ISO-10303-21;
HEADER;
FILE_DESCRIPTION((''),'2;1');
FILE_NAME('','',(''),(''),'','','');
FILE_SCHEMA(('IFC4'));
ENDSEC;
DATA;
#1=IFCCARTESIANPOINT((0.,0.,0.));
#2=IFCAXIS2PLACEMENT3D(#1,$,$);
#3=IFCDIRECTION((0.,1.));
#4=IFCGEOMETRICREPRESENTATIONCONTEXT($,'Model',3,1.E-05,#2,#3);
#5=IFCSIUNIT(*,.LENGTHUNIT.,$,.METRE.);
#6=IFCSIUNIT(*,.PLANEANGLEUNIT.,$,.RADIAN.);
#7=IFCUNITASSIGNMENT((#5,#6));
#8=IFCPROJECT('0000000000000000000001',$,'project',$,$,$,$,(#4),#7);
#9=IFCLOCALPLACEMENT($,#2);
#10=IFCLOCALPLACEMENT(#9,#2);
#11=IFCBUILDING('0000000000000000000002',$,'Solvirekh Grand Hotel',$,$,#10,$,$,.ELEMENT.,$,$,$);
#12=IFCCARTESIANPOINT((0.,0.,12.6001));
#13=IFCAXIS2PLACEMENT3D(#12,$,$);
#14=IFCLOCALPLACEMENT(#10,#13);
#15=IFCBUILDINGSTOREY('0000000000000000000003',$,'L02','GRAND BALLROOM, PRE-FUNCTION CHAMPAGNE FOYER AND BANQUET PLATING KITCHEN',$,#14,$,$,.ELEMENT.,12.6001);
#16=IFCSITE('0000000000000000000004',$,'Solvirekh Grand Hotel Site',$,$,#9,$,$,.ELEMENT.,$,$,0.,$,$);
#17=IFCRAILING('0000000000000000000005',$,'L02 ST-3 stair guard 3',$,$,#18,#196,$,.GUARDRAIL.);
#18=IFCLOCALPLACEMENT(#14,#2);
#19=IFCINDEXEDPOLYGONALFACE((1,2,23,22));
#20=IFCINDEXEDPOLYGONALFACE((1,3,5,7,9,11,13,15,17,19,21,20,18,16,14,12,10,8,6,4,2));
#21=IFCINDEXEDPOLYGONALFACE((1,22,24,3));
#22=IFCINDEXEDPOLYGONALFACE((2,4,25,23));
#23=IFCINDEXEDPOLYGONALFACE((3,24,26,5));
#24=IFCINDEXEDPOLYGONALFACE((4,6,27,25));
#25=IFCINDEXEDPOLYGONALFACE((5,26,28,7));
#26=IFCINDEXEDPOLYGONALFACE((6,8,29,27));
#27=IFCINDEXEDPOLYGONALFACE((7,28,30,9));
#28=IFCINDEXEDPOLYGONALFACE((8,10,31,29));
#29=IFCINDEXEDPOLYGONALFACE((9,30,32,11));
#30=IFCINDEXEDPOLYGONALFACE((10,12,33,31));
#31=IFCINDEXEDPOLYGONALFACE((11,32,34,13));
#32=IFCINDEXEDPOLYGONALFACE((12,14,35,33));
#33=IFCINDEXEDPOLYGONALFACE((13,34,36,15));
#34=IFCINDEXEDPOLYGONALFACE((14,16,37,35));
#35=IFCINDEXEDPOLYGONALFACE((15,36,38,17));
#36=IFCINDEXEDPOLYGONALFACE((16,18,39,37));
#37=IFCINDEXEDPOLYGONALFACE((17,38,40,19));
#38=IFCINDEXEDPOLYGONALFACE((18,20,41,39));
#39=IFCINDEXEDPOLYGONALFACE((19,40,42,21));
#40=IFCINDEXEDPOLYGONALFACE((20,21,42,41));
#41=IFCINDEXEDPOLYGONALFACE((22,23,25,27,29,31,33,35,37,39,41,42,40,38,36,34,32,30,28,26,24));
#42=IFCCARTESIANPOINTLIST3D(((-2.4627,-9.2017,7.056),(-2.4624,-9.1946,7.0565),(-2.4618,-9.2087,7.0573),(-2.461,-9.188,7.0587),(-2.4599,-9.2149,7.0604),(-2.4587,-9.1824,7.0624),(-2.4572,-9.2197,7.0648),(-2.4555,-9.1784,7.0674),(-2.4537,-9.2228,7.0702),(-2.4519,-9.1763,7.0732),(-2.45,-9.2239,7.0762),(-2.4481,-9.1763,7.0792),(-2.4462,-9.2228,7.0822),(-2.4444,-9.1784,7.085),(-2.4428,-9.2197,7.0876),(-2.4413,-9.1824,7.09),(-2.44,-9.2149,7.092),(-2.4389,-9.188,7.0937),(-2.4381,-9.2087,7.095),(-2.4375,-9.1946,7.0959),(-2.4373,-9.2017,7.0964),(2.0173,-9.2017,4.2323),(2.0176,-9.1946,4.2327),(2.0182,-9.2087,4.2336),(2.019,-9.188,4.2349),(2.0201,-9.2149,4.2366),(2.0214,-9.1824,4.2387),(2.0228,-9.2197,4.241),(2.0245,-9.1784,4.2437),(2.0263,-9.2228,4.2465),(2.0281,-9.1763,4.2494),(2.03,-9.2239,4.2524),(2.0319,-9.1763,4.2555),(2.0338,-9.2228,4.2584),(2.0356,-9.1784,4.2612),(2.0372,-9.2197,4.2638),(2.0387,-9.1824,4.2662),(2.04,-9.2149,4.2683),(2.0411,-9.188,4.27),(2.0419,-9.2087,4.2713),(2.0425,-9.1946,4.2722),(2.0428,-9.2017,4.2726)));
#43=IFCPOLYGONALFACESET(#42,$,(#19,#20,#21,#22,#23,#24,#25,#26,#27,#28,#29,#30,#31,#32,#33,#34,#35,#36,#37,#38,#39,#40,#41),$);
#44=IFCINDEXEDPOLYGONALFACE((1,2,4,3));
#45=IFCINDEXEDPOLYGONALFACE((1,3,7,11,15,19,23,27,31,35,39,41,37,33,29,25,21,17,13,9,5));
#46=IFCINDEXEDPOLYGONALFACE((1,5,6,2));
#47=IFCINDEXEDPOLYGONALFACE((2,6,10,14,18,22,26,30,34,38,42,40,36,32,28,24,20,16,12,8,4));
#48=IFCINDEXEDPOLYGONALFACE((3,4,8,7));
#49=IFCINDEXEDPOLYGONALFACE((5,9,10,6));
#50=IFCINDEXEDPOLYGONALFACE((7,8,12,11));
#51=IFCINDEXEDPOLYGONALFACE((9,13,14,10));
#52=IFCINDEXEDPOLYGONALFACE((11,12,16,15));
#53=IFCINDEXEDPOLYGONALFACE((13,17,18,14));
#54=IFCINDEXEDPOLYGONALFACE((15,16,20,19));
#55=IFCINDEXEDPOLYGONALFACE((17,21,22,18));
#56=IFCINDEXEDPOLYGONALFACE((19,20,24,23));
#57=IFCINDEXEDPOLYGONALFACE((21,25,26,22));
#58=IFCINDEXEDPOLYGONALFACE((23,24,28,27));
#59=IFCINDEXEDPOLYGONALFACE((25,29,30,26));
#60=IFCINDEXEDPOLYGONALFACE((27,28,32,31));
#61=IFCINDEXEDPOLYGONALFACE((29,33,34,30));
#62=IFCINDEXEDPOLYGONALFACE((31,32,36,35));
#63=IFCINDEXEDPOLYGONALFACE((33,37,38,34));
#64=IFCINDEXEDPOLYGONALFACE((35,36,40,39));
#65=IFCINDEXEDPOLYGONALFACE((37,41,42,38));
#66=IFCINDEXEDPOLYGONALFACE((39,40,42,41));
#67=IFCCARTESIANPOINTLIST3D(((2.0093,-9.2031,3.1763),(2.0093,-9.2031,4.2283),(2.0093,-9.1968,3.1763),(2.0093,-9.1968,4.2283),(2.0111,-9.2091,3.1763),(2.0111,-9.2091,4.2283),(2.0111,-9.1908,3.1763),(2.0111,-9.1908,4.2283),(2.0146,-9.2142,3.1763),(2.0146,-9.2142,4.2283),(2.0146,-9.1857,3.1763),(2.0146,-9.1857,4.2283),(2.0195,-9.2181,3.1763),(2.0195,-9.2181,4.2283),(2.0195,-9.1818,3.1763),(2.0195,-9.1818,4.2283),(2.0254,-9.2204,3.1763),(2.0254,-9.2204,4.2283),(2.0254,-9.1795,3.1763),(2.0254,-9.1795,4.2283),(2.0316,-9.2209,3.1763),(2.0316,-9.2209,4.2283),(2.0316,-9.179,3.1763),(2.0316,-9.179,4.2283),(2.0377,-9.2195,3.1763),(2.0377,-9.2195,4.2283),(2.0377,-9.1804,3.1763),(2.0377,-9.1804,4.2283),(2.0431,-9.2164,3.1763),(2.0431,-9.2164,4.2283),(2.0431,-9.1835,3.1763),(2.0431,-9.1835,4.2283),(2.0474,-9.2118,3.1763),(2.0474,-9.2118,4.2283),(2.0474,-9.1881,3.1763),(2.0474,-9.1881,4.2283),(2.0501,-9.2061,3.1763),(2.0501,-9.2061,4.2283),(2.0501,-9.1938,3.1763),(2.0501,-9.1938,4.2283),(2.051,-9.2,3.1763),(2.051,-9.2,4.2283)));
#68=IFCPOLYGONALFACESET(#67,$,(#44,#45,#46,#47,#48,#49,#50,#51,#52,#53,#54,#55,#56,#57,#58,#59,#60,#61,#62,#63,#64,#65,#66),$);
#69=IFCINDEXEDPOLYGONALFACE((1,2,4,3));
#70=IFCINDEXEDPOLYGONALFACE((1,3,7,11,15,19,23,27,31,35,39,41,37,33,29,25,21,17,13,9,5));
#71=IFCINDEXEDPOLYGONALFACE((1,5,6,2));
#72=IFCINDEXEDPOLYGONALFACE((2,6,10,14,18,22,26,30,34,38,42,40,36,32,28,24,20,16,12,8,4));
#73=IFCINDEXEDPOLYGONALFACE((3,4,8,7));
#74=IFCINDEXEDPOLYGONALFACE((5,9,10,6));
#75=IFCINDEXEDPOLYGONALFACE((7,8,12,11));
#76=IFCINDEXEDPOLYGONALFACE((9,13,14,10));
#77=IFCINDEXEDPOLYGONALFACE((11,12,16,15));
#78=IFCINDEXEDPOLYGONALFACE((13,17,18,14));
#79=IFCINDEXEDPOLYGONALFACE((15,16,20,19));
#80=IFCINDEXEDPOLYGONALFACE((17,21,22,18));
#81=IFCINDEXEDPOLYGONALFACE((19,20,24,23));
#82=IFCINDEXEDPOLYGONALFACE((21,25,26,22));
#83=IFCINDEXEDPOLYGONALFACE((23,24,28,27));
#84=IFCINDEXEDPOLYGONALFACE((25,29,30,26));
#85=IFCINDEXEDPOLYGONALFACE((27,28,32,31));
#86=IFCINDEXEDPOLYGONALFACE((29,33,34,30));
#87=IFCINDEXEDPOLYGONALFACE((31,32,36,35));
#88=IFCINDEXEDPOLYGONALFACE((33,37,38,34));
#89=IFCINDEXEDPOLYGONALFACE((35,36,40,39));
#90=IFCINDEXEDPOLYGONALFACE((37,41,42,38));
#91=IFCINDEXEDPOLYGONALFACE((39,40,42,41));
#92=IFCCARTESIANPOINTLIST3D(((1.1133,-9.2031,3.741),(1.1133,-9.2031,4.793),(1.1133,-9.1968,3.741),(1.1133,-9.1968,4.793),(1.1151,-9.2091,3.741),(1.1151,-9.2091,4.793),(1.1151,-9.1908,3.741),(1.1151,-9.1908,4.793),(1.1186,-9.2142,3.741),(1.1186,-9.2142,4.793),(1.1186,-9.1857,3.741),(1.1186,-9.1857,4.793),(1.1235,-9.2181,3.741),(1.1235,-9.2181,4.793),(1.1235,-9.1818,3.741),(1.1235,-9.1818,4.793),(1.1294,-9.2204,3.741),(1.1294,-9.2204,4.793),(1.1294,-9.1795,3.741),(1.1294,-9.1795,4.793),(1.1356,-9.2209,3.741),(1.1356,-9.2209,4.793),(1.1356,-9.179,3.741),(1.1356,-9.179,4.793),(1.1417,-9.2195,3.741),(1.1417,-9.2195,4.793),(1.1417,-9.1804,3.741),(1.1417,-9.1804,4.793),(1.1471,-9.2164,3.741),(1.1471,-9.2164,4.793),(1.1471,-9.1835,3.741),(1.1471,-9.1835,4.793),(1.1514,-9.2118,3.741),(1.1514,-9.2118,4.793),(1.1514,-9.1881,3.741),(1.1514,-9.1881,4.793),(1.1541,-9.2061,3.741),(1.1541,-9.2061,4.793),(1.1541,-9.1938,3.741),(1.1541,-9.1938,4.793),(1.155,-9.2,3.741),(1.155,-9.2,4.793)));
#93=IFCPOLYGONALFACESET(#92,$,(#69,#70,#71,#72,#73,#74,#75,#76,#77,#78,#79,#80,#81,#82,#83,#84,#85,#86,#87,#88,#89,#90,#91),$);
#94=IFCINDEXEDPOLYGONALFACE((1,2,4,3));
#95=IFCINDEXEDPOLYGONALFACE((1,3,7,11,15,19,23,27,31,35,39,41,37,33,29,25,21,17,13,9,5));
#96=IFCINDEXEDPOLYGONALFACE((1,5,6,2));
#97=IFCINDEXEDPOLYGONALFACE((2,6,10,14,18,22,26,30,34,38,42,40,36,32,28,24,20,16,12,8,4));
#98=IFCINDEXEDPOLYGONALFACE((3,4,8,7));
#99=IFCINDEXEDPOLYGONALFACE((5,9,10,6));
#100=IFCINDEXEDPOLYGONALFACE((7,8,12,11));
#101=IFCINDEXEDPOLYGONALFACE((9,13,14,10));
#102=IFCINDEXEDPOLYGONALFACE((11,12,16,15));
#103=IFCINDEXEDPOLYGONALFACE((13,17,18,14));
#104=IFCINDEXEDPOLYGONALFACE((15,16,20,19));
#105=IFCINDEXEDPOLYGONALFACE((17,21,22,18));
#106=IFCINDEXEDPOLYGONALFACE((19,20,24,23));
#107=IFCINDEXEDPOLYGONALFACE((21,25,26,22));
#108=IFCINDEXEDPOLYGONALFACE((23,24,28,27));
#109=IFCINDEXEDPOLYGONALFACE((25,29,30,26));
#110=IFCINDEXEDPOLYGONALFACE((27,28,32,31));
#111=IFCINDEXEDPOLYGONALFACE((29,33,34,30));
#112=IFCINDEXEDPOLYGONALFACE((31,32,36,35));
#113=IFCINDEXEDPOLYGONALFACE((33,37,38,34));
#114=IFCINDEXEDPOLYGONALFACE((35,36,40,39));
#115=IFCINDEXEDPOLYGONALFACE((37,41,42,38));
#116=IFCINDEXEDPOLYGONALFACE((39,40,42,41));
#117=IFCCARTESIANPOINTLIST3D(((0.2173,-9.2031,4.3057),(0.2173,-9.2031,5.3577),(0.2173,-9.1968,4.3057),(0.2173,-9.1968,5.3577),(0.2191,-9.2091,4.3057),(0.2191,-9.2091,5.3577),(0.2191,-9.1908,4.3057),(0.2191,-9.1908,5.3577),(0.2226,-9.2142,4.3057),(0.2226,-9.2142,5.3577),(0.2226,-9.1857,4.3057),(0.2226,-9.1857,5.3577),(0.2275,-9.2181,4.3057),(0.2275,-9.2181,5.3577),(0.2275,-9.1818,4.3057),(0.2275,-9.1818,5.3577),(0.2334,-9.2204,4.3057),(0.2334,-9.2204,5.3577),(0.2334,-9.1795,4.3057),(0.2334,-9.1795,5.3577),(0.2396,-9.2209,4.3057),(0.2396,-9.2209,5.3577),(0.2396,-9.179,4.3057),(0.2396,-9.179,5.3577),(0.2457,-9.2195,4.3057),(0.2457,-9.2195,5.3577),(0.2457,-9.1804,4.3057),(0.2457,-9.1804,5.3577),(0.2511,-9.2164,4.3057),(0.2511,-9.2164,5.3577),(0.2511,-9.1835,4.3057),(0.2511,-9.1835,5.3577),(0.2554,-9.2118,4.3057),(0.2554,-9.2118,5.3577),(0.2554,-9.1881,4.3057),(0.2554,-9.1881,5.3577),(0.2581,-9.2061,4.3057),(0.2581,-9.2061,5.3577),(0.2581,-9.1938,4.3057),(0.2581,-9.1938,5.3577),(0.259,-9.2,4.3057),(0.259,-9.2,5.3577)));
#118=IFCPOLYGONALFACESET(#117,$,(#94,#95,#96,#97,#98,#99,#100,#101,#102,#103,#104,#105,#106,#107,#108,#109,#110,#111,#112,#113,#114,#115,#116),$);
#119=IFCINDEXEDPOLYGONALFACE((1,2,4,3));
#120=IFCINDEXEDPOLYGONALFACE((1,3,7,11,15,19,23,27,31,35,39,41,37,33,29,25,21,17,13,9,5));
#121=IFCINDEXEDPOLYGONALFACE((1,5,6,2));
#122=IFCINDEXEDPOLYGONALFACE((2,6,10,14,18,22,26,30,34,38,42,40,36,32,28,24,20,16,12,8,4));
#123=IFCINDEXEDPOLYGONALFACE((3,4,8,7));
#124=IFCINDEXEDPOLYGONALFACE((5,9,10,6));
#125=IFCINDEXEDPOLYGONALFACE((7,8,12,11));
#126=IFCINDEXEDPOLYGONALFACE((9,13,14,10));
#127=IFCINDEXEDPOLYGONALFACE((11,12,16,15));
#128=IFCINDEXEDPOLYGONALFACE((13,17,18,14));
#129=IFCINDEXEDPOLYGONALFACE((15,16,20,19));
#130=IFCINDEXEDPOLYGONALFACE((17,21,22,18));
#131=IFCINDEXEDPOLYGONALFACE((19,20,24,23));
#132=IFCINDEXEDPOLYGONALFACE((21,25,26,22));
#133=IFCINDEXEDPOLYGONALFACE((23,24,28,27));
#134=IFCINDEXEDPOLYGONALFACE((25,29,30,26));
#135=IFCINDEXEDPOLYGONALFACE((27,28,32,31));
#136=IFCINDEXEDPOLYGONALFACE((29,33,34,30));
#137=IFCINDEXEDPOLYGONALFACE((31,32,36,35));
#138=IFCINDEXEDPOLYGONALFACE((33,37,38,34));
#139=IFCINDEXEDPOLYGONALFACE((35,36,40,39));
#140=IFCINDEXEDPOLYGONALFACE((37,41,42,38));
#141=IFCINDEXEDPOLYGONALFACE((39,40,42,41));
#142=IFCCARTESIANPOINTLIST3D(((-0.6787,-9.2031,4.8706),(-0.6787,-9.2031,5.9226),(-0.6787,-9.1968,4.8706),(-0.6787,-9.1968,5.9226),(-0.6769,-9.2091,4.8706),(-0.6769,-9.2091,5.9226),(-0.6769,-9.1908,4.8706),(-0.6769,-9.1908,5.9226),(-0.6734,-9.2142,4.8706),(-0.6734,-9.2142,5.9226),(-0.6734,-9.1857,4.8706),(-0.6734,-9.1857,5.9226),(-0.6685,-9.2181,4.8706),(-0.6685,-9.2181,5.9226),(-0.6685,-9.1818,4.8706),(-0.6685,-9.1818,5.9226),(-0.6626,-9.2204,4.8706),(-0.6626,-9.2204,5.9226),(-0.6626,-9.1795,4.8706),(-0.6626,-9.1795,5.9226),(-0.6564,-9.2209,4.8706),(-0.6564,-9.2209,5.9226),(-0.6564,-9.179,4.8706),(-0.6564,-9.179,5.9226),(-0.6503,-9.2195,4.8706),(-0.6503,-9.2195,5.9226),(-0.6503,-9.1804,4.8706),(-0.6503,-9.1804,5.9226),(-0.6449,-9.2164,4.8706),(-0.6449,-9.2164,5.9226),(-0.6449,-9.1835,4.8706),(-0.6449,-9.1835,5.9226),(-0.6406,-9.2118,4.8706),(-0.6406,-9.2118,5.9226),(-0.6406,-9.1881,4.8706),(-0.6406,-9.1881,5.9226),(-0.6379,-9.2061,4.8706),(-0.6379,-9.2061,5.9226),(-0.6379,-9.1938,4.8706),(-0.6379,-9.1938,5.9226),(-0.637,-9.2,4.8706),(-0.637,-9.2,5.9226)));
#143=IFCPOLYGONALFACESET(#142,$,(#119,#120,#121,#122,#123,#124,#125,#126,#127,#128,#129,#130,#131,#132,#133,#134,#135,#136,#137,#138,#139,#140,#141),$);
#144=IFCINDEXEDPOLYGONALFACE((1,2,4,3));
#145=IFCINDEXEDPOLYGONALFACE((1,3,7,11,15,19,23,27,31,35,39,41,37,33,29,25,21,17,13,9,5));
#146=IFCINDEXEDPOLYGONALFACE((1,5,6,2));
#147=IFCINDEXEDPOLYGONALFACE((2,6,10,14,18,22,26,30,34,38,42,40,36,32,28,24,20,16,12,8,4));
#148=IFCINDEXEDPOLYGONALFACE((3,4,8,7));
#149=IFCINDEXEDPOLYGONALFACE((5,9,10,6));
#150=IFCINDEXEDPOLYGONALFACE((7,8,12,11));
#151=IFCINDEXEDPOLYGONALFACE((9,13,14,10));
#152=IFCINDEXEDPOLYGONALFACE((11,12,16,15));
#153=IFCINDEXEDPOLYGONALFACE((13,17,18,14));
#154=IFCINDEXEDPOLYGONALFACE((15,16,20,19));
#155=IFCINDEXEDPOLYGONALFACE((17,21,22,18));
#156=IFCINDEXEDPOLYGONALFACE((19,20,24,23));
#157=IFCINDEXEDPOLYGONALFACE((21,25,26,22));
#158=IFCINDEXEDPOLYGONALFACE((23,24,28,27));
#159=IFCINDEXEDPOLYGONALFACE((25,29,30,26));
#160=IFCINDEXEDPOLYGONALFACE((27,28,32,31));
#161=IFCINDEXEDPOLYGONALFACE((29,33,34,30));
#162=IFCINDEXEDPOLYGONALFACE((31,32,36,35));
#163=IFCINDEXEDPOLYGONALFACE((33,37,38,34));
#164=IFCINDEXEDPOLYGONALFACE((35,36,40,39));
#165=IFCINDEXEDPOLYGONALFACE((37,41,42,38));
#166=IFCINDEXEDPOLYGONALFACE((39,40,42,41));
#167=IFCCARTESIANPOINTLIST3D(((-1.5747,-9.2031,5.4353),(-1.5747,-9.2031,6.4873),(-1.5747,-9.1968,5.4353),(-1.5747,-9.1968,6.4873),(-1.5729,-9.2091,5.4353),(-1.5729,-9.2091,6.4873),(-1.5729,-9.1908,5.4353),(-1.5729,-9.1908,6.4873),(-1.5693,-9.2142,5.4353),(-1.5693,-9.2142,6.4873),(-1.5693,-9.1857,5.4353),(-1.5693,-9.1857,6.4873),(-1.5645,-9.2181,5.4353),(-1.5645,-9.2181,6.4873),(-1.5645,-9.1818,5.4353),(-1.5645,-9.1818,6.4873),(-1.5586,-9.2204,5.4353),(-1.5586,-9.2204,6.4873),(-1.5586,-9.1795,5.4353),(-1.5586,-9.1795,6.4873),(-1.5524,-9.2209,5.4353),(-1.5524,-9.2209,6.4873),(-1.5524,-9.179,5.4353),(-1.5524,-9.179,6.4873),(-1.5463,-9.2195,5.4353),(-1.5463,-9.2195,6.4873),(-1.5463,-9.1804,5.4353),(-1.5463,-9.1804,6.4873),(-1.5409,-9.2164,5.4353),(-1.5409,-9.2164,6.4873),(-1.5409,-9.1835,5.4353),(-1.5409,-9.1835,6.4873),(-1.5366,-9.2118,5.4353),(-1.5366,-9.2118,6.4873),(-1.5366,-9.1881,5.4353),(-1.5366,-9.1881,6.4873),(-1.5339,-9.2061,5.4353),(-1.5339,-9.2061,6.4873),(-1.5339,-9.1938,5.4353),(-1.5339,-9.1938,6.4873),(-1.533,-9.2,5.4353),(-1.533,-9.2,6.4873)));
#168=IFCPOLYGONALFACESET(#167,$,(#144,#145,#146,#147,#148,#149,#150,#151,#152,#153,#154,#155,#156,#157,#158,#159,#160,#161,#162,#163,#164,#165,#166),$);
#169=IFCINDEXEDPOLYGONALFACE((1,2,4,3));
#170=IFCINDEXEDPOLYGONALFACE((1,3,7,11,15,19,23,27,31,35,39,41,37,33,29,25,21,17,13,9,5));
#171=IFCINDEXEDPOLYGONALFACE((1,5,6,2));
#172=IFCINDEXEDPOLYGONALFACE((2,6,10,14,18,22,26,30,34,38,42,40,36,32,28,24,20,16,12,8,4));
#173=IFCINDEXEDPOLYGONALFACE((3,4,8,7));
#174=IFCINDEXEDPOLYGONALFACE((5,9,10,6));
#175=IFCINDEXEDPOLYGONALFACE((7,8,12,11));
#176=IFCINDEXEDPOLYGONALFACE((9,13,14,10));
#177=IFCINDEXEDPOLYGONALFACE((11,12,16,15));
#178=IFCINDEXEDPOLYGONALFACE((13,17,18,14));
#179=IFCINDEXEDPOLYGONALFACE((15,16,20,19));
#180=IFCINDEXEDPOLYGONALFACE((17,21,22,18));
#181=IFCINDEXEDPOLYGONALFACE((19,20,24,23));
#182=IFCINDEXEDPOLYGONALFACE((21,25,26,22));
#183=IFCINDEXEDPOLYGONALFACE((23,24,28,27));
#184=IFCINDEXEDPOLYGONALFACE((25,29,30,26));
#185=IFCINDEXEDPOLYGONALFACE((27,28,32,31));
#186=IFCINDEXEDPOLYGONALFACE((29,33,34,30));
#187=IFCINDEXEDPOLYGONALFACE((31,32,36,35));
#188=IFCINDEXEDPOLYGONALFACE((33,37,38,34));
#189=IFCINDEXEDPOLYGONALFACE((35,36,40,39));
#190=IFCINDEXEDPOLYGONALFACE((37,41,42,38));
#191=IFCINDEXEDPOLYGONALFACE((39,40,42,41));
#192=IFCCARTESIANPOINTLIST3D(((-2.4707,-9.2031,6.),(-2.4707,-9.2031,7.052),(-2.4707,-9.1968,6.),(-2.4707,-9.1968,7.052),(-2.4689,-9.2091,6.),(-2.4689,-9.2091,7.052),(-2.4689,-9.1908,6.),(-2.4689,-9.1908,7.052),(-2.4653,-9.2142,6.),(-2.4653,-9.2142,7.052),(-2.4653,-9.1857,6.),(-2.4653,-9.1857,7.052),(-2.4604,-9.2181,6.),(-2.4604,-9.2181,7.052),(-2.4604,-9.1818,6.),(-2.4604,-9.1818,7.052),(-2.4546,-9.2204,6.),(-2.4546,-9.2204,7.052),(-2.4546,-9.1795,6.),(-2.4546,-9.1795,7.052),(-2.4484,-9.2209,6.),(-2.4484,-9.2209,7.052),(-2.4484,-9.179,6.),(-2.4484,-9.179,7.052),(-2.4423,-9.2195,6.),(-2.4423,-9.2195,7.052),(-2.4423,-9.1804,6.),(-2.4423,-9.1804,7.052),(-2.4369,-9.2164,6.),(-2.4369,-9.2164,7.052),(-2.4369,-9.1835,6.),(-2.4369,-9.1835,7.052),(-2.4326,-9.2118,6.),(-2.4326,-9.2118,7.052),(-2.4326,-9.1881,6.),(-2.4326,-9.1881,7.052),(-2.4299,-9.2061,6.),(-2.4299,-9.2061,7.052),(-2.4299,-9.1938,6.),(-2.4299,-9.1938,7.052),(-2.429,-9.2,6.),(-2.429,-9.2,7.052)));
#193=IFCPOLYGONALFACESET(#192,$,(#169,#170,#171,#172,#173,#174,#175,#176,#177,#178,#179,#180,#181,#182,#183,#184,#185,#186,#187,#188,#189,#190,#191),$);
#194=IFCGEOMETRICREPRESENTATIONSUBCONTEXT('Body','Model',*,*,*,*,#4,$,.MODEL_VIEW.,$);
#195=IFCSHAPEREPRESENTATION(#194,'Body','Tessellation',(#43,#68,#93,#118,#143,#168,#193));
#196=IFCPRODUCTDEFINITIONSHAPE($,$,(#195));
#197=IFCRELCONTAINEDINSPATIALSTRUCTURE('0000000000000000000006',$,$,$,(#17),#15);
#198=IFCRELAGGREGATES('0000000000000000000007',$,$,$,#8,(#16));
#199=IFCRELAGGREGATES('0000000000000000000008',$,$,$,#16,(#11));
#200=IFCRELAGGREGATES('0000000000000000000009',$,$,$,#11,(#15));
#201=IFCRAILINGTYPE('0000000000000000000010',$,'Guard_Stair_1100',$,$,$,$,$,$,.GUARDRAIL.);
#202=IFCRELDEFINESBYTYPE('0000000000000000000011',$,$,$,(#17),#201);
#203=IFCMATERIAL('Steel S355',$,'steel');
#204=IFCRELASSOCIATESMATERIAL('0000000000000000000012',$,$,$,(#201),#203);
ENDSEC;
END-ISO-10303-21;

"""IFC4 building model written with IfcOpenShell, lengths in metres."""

from ifc_helpers import new_model, si_unit, direction, frame, origin, origin_2d, place, context, subcontext, project, spatial, circle, extrude, material, type_object, element, save


model = new_model("IFC4")

# Units and contexts
model_context = context("Model", 3, precision=1e-05, world=origin(), true_north=direction((0.0, 1.0)))
body_context = subcontext(model_context, "Body", "Model", "MODEL_VIEW")
ifc_project = project(units=[si_unit("LENGTHUNIT", "METRE"), si_unit("PLANEANGLEUNIT", "RADIAN")], contexts=[model_context])

# Site, building, storey
site_placement = place(None, origin())
site = spatial("IfcSite", under=ifc_project, at=site_placement, Name="Solvirekh Grand Hotel Site", CompositionType="ELEMENT", RefElevation=0.0)
building_placement = place(site_placement, origin())
building = spatial("IfcBuilding", under=site, at=building_placement, Name="Solvirekh Grand Hotel", CompositionType="ELEMENT")
storey_placement = place(building_placement, frame((0.0, 0.0, 12.6001)))
storey = spatial("IfcBuildingStorey", under=building, at=storey_placement, Name="L02", Description="GRAND BALLROOM, PRE-FUNCTION CHAMPAGNE FOYER AND BANQUET PLATING KITCHEN", CompositionType="ELEMENT", Elevation=12.6001)

# Shared definitions
ifc_material_1 = material(Name="Steel S355", Category="steel")

# Railing
railing_type_1 = type_object("IfcRailingType", Name="Guard_Stair_1100", PredefinedType="GUARDRAIL", material=ifc_material_1)
railing_1_placement = place(storey_placement, frame((2.03, -9.2, 3.1763)))
element("IfcRailing", 1, at=railing_1_placement, inside=storey, type_object=railing_type_1, Name="L02 ST-3 stair guard 3", PredefinedType="GUARDRAIL", context=body_context, shape_type="SweptSolid", body=[
    extrude(circle(Radius=0.0239, at=origin_2d()), frame((0.0, 0.0, 1.0762), z_axis=(-0.845977, 0.0, 0.533219), x_axis=(0.0, -1.0, 0.0)), (0.0, 0.0, 1.0), 5.2957),
    extrude(circle(Radius=0.021, at=origin_2d()), origin(), (0.0, 0.0, 1.0), 1.052),
    extrude(circle(Radius=0.021, at=origin_2d()), frame((-0.896, 0.0, 0.5647)), (0.0, 0.0, 1.0), 1.052),
    extrude(circle(Radius=0.021, at=origin_2d()), frame((-1.792, 0.0, 1.1294)), (0.0, 0.0, 1.0), 1.052),
    extrude(circle(Radius=0.021, at=origin_2d()), frame((-2.688, 0.0, 1.6943)), (0.0, 0.0, 1.0), 1.052),
    extrude(circle(Radius=0.021, at=origin_2d()), frame((-3.584, 0.0, 2.259)), (0.0, 0.0, 1.0), 1.052),
    extrude(circle(Radius=0.021, at=origin_2d()), frame((-4.48, 0.0, 2.8237)), (0.0, 0.0, 1.0), 1.052),
])

save(model, "model.ifc")
